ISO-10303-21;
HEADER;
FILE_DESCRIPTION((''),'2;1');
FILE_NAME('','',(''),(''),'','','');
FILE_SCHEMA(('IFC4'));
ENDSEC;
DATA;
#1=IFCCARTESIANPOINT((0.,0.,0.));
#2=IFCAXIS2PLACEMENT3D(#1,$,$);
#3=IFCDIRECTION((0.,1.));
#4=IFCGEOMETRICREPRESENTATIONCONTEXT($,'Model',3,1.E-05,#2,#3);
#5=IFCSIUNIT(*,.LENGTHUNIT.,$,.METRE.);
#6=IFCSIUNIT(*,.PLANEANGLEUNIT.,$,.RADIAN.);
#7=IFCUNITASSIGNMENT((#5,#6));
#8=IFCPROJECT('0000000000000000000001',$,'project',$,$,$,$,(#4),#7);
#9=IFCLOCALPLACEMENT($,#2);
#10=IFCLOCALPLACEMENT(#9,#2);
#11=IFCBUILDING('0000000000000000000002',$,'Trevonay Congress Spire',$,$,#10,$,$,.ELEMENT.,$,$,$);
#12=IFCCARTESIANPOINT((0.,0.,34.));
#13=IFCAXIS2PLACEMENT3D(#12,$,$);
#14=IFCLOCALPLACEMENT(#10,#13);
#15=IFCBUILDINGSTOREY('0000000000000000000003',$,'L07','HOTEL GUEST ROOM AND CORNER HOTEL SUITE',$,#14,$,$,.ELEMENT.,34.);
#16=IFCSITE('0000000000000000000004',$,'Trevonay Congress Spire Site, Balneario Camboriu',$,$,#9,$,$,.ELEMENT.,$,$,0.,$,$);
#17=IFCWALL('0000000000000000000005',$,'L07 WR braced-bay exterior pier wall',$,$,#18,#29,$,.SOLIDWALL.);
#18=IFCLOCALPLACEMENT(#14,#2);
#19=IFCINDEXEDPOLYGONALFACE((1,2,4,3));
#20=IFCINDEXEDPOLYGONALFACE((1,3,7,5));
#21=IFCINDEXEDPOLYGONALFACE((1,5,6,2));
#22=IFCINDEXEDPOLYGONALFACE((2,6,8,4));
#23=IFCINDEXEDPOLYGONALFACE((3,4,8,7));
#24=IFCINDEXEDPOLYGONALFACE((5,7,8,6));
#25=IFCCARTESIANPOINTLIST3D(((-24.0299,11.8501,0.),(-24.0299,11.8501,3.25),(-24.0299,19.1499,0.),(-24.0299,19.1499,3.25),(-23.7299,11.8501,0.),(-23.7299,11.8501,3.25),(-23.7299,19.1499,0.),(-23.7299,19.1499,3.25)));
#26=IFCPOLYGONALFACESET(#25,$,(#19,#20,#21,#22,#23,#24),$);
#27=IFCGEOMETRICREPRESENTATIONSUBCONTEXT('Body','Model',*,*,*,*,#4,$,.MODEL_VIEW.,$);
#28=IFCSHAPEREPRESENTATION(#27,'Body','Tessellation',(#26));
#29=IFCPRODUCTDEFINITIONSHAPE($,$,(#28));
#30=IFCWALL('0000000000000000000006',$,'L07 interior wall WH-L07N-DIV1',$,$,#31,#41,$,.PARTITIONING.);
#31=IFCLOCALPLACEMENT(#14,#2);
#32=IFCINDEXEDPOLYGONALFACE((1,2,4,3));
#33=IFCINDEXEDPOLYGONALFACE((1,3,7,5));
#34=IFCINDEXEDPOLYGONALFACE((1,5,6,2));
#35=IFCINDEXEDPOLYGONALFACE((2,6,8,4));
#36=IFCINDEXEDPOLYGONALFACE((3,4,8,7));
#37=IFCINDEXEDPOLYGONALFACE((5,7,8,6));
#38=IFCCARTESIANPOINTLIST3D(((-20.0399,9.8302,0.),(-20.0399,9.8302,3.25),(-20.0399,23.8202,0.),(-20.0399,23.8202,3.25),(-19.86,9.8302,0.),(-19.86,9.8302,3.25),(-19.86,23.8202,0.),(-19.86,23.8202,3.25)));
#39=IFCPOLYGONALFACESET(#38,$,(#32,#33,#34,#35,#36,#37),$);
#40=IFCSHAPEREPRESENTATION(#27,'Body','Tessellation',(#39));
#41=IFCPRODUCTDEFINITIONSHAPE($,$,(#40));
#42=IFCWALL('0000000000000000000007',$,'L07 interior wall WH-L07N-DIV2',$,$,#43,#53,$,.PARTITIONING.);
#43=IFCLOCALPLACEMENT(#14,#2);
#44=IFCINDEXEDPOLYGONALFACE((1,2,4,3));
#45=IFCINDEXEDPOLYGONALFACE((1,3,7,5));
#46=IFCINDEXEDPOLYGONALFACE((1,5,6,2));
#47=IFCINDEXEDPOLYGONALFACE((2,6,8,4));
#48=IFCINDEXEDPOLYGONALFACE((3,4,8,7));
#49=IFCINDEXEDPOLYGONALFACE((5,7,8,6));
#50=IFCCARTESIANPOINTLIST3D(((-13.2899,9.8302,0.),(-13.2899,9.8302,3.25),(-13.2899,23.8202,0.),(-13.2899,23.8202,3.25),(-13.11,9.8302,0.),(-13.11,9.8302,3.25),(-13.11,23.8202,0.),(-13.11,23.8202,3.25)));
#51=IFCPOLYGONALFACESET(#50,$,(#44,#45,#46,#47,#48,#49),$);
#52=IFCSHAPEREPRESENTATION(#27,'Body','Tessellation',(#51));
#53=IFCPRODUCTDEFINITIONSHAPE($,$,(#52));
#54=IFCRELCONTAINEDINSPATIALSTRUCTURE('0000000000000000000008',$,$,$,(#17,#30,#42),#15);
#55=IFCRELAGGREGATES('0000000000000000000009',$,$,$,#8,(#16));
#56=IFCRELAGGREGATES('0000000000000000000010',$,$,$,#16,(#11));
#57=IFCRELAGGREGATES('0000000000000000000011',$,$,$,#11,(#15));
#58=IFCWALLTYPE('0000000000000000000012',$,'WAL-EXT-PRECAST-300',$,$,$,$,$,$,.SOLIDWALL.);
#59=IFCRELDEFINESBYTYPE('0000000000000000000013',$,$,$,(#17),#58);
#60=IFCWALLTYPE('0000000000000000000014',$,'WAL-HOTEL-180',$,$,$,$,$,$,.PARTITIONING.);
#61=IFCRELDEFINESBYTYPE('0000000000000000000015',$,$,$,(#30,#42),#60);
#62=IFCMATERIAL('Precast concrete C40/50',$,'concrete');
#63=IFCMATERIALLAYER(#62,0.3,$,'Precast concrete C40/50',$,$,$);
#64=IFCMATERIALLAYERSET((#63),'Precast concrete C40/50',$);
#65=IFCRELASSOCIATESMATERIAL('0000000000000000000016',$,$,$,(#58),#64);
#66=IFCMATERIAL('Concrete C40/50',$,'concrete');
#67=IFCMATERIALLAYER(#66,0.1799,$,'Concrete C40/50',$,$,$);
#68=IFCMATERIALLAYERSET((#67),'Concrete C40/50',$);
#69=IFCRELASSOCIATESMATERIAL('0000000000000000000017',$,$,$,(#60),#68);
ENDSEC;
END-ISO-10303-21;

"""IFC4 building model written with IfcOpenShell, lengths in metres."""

from ifc_helpers import new_model, si_unit, direction, frame, frame_2d, origin, place, context, subcontext, project, spatial, rectangle, extrude, material, layer, layer_set, type_object, element, save


model = new_model("IFC4")

# Units and contexts
model_context = context("Model", 3, precision=1e-05, world=origin(), true_north=direction((0.0, 1.0)))
body_context = subcontext(model_context, "Body", "Model", "MODEL_VIEW")
ifc_project = project(units=[si_unit("LENGTHUNIT", "METRE"), si_unit("PLANEANGLEUNIT", "RADIAN")], contexts=[model_context])

# Site, building, storey
site_placement = place(None, origin())
site = spatial("IfcSite", under=ifc_project, at=site_placement, Name="Trevonay Congress Spire Site, Balneario Camboriu", CompositionType="ELEMENT", RefElevation=0.0)
building_placement = place(site_placement, origin())
building = spatial("IfcBuilding", under=site, at=building_placement, Name="Trevonay Congress Spire", CompositionType="ELEMENT")
storey_placement = place(building_placement, frame((0.0, 0.0, 34.0)))
storey = spatial("IfcBuildingStorey", under=building, at=storey_placement, Name="L07", Description="HOTEL GUEST ROOM AND CORNER HOTEL SUITE", CompositionType="ELEMENT", Elevation=34.0)

# Shared definitions
ifc_material_1 = material(Name="Concrete C40/50", Category="concrete")

# Walls
ifc_material_2 = material(Name="Precast concrete C40/50", Category="concrete")
ifc_layer_1 = layer(ifc_material_2, 0.3, Name="Precast concrete C40/50")
ifc_layer_set_1 = layer_set([ifc_layer_1], Name="Precast concrete C40/50")
wall_type_1 = type_object("IfcWallType", Name="WAL-EXT-PRECAST-300", PredefinedType="SOLIDWALL", material=ifc_layer_set_1)
wall_1_placement = place(storey_placement, frame((-23.8799, 11.8501, 0.0), z_axis=(0.0, 0.0, 1.0), x_axis=(0.0, 1.0, 0.0)))
element("IfcWall", 1, at=wall_1_placement, inside=storey, type_object=wall_type_1, Name="L07 WR braced-bay exterior pier wall", PredefinedType="SOLIDWALL", context=body_context, shape_type="SweptSolid", body=[
    extrude(rectangle(XDim=7.2998, YDim=0.3, at=frame_2d((3.6499, 0.0))), origin(), (0.0, 0.0, 1.0), 3.25),
])
ifc_layer_2 = layer(ifc_material_1, 0.1799, Name="Concrete C40/50")
ifc_layer_set_2 = layer_set([ifc_layer_2], Name="Concrete C40/50")
wall_type_2 = type_object("IfcWallType", Name="WAL-HOTEL-180", PredefinedType="PARTITIONING", material=ifc_layer_set_2)
for number, where, z_axis, x_axis, name in (
    (2, (-19.95, 9.8301, 0.0), (0.0, 0.0, 1.0), (0.0, 1.0, 0.0), "L07 interior wall WH-L07N-DIV1"),
    (3, (-13.2, 9.8301, 0.0), (0.0, 0.0, 1.0), (0.0, 1.0, 0.0), "L07 interior wall WH-L07N-DIV2"),
):
    element("IfcWall", number, at=place(storey_placement, frame(where, z_axis=z_axis, x_axis=x_axis)), inside=storey, type_object=wall_type_2, Name=name, PredefinedType="PARTITIONING", context=body_context, shape_type="SweptSolid", body=[
        extrude(rectangle(XDim=13.99, YDim=0.1799, at=frame_2d((6.9951, 0.0))), origin(), (0.0, 0.0, 1.0), 3.25),
    ])

save(model, "model.ifc")
